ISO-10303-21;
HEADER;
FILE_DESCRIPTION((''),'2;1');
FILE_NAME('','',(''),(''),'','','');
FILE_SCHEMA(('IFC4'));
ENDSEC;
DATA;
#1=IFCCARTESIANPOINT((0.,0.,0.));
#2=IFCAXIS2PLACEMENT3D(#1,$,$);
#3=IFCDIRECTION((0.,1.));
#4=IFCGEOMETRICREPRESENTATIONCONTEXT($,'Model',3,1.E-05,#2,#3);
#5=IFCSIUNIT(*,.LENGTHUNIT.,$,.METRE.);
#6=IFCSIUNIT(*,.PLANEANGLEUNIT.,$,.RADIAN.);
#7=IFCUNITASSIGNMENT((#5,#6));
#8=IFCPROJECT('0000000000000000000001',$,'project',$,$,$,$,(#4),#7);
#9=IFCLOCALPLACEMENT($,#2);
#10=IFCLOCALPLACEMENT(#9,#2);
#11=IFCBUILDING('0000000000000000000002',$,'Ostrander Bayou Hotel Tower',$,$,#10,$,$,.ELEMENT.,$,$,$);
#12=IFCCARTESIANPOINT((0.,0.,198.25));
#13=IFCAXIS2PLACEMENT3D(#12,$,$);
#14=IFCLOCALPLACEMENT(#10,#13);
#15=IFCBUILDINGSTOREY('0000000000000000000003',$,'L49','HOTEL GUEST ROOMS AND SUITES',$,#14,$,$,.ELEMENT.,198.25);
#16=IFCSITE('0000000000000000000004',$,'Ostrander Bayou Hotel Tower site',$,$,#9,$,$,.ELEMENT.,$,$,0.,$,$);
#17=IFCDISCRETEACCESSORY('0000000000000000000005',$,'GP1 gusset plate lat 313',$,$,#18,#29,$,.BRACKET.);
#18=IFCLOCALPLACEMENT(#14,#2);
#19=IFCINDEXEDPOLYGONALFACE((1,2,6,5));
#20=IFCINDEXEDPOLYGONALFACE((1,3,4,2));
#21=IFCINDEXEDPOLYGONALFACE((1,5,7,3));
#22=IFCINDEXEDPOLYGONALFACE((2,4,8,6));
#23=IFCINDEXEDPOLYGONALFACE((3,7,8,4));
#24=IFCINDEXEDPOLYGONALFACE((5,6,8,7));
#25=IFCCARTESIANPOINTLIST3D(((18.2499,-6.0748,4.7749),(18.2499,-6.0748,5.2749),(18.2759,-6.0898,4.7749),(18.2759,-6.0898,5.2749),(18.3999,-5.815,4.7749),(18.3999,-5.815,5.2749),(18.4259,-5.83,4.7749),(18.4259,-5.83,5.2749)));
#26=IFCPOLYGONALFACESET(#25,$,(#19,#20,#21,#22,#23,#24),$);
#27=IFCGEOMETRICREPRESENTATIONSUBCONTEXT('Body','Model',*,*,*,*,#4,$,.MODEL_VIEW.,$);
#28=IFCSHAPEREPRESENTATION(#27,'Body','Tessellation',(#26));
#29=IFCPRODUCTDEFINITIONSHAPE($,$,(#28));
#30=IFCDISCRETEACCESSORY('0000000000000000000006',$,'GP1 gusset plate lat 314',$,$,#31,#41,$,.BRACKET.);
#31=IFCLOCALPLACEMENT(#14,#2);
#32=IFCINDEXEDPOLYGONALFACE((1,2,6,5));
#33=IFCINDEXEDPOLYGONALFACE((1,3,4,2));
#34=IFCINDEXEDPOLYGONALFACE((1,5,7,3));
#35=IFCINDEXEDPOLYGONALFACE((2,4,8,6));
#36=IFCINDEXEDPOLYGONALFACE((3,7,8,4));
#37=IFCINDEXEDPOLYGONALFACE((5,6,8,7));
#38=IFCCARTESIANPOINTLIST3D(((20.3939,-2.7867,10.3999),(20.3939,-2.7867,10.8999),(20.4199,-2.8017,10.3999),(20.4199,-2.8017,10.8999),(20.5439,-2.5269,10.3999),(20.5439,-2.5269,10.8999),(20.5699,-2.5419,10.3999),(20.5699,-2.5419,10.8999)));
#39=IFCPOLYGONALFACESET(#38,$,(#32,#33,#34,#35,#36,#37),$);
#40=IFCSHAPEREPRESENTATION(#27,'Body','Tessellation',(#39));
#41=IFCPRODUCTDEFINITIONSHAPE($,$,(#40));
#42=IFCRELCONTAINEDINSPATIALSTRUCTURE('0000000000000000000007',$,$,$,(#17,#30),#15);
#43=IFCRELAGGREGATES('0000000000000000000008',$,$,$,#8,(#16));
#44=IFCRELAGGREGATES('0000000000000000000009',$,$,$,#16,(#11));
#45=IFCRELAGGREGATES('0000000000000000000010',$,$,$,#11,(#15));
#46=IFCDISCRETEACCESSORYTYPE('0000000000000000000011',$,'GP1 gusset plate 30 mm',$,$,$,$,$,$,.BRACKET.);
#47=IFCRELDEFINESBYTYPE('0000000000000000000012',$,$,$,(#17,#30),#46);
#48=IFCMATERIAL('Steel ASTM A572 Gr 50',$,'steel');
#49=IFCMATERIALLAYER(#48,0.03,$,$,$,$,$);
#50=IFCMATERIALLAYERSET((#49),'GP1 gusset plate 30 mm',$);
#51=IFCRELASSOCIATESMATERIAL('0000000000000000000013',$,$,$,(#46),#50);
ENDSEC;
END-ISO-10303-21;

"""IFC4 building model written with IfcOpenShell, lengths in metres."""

from ifc_helpers import new_model, si_unit, direction, frame, origin, origin_2d, place, context, subcontext, project, spatial, rectangle, extrude, material, layer, layer_set, type_object, element, save


model = new_model("IFC4")

# Units and contexts
model_context = context("Model", 3, precision=1e-05, world=origin(), true_north=direction((0.0, 1.0)))
body_context = subcontext(model_context, "Body", "Model", "MODEL_VIEW")
ifc_project = project(units=[si_unit("LENGTHUNIT", "METRE"), si_unit("PLANEANGLEUNIT", "RADIAN")], contexts=[model_context])

# Site, building, storey
site_placement = place(None, origin())
site = spatial("IfcSite", under=ifc_project, at=site_placement, Name="Ostrander Bayou Hotel Tower site", CompositionType="ELEMENT", RefElevation=0.0)
building_placement = place(site_placement, origin())
building = spatial("IfcBuilding", under=site, at=building_placement, Name="Ostrander Bayou Hotel Tower", CompositionType="ELEMENT")
storey_placement = place(building_placement, frame((0.0, 0.0, 198.25)))
storey = spatial("IfcBuildingStorey", under=building, at=storey_placement, Name="L49", Description="HOTEL GUEST ROOMS AND SUITES", CompositionType="ELEMENT", Elevation=198.25)

# Discrete accessories
ifc_material_1 = material(Name="Steel ASTM A572 Gr 50", Category="steel")
ifc_layer_1 = layer(ifc_material_1, 0.03)
ifc_layer_set_1 = layer_set([ifc_layer_1], Name="GP1 gusset plate 30 mm")
discrete_accessory_type = type_object("IfcDiscreteAccessoryType", Name="GP1 gusset plate 30 mm", PredefinedType="BRACKET", material=ifc_layer_set_1)
for number, where, z_axis, x_axis, name in (
    (1, (18.3379, -5.9524, 4.7749), (0.0, 0.0, 1.0), (0.5, 0.866025, 0.0), "GP1 gusset plate lat 313"),
    (2, (20.4819, -2.6643, 10.3999), (0.0, 0.0, 1.0), (0.5, 0.866025, 0.0), "GP1 gusset plate lat 314"),
):
    element("IfcDiscreteAccessory", number, at=place(storey_placement, frame(where, z_axis=z_axis, x_axis=x_axis)), inside=storey, type_object=discrete_accessory_type, Name=name, PredefinedType="BRACKET", context=body_context, shape_type="SweptSolid", body=[
        extrude(rectangle(XDim=0.3, YDim=0.03, at=origin_2d()), origin(), (0.0, 0.0, 1.0), 0.5),
    ])

save(model, "model.ifc")
